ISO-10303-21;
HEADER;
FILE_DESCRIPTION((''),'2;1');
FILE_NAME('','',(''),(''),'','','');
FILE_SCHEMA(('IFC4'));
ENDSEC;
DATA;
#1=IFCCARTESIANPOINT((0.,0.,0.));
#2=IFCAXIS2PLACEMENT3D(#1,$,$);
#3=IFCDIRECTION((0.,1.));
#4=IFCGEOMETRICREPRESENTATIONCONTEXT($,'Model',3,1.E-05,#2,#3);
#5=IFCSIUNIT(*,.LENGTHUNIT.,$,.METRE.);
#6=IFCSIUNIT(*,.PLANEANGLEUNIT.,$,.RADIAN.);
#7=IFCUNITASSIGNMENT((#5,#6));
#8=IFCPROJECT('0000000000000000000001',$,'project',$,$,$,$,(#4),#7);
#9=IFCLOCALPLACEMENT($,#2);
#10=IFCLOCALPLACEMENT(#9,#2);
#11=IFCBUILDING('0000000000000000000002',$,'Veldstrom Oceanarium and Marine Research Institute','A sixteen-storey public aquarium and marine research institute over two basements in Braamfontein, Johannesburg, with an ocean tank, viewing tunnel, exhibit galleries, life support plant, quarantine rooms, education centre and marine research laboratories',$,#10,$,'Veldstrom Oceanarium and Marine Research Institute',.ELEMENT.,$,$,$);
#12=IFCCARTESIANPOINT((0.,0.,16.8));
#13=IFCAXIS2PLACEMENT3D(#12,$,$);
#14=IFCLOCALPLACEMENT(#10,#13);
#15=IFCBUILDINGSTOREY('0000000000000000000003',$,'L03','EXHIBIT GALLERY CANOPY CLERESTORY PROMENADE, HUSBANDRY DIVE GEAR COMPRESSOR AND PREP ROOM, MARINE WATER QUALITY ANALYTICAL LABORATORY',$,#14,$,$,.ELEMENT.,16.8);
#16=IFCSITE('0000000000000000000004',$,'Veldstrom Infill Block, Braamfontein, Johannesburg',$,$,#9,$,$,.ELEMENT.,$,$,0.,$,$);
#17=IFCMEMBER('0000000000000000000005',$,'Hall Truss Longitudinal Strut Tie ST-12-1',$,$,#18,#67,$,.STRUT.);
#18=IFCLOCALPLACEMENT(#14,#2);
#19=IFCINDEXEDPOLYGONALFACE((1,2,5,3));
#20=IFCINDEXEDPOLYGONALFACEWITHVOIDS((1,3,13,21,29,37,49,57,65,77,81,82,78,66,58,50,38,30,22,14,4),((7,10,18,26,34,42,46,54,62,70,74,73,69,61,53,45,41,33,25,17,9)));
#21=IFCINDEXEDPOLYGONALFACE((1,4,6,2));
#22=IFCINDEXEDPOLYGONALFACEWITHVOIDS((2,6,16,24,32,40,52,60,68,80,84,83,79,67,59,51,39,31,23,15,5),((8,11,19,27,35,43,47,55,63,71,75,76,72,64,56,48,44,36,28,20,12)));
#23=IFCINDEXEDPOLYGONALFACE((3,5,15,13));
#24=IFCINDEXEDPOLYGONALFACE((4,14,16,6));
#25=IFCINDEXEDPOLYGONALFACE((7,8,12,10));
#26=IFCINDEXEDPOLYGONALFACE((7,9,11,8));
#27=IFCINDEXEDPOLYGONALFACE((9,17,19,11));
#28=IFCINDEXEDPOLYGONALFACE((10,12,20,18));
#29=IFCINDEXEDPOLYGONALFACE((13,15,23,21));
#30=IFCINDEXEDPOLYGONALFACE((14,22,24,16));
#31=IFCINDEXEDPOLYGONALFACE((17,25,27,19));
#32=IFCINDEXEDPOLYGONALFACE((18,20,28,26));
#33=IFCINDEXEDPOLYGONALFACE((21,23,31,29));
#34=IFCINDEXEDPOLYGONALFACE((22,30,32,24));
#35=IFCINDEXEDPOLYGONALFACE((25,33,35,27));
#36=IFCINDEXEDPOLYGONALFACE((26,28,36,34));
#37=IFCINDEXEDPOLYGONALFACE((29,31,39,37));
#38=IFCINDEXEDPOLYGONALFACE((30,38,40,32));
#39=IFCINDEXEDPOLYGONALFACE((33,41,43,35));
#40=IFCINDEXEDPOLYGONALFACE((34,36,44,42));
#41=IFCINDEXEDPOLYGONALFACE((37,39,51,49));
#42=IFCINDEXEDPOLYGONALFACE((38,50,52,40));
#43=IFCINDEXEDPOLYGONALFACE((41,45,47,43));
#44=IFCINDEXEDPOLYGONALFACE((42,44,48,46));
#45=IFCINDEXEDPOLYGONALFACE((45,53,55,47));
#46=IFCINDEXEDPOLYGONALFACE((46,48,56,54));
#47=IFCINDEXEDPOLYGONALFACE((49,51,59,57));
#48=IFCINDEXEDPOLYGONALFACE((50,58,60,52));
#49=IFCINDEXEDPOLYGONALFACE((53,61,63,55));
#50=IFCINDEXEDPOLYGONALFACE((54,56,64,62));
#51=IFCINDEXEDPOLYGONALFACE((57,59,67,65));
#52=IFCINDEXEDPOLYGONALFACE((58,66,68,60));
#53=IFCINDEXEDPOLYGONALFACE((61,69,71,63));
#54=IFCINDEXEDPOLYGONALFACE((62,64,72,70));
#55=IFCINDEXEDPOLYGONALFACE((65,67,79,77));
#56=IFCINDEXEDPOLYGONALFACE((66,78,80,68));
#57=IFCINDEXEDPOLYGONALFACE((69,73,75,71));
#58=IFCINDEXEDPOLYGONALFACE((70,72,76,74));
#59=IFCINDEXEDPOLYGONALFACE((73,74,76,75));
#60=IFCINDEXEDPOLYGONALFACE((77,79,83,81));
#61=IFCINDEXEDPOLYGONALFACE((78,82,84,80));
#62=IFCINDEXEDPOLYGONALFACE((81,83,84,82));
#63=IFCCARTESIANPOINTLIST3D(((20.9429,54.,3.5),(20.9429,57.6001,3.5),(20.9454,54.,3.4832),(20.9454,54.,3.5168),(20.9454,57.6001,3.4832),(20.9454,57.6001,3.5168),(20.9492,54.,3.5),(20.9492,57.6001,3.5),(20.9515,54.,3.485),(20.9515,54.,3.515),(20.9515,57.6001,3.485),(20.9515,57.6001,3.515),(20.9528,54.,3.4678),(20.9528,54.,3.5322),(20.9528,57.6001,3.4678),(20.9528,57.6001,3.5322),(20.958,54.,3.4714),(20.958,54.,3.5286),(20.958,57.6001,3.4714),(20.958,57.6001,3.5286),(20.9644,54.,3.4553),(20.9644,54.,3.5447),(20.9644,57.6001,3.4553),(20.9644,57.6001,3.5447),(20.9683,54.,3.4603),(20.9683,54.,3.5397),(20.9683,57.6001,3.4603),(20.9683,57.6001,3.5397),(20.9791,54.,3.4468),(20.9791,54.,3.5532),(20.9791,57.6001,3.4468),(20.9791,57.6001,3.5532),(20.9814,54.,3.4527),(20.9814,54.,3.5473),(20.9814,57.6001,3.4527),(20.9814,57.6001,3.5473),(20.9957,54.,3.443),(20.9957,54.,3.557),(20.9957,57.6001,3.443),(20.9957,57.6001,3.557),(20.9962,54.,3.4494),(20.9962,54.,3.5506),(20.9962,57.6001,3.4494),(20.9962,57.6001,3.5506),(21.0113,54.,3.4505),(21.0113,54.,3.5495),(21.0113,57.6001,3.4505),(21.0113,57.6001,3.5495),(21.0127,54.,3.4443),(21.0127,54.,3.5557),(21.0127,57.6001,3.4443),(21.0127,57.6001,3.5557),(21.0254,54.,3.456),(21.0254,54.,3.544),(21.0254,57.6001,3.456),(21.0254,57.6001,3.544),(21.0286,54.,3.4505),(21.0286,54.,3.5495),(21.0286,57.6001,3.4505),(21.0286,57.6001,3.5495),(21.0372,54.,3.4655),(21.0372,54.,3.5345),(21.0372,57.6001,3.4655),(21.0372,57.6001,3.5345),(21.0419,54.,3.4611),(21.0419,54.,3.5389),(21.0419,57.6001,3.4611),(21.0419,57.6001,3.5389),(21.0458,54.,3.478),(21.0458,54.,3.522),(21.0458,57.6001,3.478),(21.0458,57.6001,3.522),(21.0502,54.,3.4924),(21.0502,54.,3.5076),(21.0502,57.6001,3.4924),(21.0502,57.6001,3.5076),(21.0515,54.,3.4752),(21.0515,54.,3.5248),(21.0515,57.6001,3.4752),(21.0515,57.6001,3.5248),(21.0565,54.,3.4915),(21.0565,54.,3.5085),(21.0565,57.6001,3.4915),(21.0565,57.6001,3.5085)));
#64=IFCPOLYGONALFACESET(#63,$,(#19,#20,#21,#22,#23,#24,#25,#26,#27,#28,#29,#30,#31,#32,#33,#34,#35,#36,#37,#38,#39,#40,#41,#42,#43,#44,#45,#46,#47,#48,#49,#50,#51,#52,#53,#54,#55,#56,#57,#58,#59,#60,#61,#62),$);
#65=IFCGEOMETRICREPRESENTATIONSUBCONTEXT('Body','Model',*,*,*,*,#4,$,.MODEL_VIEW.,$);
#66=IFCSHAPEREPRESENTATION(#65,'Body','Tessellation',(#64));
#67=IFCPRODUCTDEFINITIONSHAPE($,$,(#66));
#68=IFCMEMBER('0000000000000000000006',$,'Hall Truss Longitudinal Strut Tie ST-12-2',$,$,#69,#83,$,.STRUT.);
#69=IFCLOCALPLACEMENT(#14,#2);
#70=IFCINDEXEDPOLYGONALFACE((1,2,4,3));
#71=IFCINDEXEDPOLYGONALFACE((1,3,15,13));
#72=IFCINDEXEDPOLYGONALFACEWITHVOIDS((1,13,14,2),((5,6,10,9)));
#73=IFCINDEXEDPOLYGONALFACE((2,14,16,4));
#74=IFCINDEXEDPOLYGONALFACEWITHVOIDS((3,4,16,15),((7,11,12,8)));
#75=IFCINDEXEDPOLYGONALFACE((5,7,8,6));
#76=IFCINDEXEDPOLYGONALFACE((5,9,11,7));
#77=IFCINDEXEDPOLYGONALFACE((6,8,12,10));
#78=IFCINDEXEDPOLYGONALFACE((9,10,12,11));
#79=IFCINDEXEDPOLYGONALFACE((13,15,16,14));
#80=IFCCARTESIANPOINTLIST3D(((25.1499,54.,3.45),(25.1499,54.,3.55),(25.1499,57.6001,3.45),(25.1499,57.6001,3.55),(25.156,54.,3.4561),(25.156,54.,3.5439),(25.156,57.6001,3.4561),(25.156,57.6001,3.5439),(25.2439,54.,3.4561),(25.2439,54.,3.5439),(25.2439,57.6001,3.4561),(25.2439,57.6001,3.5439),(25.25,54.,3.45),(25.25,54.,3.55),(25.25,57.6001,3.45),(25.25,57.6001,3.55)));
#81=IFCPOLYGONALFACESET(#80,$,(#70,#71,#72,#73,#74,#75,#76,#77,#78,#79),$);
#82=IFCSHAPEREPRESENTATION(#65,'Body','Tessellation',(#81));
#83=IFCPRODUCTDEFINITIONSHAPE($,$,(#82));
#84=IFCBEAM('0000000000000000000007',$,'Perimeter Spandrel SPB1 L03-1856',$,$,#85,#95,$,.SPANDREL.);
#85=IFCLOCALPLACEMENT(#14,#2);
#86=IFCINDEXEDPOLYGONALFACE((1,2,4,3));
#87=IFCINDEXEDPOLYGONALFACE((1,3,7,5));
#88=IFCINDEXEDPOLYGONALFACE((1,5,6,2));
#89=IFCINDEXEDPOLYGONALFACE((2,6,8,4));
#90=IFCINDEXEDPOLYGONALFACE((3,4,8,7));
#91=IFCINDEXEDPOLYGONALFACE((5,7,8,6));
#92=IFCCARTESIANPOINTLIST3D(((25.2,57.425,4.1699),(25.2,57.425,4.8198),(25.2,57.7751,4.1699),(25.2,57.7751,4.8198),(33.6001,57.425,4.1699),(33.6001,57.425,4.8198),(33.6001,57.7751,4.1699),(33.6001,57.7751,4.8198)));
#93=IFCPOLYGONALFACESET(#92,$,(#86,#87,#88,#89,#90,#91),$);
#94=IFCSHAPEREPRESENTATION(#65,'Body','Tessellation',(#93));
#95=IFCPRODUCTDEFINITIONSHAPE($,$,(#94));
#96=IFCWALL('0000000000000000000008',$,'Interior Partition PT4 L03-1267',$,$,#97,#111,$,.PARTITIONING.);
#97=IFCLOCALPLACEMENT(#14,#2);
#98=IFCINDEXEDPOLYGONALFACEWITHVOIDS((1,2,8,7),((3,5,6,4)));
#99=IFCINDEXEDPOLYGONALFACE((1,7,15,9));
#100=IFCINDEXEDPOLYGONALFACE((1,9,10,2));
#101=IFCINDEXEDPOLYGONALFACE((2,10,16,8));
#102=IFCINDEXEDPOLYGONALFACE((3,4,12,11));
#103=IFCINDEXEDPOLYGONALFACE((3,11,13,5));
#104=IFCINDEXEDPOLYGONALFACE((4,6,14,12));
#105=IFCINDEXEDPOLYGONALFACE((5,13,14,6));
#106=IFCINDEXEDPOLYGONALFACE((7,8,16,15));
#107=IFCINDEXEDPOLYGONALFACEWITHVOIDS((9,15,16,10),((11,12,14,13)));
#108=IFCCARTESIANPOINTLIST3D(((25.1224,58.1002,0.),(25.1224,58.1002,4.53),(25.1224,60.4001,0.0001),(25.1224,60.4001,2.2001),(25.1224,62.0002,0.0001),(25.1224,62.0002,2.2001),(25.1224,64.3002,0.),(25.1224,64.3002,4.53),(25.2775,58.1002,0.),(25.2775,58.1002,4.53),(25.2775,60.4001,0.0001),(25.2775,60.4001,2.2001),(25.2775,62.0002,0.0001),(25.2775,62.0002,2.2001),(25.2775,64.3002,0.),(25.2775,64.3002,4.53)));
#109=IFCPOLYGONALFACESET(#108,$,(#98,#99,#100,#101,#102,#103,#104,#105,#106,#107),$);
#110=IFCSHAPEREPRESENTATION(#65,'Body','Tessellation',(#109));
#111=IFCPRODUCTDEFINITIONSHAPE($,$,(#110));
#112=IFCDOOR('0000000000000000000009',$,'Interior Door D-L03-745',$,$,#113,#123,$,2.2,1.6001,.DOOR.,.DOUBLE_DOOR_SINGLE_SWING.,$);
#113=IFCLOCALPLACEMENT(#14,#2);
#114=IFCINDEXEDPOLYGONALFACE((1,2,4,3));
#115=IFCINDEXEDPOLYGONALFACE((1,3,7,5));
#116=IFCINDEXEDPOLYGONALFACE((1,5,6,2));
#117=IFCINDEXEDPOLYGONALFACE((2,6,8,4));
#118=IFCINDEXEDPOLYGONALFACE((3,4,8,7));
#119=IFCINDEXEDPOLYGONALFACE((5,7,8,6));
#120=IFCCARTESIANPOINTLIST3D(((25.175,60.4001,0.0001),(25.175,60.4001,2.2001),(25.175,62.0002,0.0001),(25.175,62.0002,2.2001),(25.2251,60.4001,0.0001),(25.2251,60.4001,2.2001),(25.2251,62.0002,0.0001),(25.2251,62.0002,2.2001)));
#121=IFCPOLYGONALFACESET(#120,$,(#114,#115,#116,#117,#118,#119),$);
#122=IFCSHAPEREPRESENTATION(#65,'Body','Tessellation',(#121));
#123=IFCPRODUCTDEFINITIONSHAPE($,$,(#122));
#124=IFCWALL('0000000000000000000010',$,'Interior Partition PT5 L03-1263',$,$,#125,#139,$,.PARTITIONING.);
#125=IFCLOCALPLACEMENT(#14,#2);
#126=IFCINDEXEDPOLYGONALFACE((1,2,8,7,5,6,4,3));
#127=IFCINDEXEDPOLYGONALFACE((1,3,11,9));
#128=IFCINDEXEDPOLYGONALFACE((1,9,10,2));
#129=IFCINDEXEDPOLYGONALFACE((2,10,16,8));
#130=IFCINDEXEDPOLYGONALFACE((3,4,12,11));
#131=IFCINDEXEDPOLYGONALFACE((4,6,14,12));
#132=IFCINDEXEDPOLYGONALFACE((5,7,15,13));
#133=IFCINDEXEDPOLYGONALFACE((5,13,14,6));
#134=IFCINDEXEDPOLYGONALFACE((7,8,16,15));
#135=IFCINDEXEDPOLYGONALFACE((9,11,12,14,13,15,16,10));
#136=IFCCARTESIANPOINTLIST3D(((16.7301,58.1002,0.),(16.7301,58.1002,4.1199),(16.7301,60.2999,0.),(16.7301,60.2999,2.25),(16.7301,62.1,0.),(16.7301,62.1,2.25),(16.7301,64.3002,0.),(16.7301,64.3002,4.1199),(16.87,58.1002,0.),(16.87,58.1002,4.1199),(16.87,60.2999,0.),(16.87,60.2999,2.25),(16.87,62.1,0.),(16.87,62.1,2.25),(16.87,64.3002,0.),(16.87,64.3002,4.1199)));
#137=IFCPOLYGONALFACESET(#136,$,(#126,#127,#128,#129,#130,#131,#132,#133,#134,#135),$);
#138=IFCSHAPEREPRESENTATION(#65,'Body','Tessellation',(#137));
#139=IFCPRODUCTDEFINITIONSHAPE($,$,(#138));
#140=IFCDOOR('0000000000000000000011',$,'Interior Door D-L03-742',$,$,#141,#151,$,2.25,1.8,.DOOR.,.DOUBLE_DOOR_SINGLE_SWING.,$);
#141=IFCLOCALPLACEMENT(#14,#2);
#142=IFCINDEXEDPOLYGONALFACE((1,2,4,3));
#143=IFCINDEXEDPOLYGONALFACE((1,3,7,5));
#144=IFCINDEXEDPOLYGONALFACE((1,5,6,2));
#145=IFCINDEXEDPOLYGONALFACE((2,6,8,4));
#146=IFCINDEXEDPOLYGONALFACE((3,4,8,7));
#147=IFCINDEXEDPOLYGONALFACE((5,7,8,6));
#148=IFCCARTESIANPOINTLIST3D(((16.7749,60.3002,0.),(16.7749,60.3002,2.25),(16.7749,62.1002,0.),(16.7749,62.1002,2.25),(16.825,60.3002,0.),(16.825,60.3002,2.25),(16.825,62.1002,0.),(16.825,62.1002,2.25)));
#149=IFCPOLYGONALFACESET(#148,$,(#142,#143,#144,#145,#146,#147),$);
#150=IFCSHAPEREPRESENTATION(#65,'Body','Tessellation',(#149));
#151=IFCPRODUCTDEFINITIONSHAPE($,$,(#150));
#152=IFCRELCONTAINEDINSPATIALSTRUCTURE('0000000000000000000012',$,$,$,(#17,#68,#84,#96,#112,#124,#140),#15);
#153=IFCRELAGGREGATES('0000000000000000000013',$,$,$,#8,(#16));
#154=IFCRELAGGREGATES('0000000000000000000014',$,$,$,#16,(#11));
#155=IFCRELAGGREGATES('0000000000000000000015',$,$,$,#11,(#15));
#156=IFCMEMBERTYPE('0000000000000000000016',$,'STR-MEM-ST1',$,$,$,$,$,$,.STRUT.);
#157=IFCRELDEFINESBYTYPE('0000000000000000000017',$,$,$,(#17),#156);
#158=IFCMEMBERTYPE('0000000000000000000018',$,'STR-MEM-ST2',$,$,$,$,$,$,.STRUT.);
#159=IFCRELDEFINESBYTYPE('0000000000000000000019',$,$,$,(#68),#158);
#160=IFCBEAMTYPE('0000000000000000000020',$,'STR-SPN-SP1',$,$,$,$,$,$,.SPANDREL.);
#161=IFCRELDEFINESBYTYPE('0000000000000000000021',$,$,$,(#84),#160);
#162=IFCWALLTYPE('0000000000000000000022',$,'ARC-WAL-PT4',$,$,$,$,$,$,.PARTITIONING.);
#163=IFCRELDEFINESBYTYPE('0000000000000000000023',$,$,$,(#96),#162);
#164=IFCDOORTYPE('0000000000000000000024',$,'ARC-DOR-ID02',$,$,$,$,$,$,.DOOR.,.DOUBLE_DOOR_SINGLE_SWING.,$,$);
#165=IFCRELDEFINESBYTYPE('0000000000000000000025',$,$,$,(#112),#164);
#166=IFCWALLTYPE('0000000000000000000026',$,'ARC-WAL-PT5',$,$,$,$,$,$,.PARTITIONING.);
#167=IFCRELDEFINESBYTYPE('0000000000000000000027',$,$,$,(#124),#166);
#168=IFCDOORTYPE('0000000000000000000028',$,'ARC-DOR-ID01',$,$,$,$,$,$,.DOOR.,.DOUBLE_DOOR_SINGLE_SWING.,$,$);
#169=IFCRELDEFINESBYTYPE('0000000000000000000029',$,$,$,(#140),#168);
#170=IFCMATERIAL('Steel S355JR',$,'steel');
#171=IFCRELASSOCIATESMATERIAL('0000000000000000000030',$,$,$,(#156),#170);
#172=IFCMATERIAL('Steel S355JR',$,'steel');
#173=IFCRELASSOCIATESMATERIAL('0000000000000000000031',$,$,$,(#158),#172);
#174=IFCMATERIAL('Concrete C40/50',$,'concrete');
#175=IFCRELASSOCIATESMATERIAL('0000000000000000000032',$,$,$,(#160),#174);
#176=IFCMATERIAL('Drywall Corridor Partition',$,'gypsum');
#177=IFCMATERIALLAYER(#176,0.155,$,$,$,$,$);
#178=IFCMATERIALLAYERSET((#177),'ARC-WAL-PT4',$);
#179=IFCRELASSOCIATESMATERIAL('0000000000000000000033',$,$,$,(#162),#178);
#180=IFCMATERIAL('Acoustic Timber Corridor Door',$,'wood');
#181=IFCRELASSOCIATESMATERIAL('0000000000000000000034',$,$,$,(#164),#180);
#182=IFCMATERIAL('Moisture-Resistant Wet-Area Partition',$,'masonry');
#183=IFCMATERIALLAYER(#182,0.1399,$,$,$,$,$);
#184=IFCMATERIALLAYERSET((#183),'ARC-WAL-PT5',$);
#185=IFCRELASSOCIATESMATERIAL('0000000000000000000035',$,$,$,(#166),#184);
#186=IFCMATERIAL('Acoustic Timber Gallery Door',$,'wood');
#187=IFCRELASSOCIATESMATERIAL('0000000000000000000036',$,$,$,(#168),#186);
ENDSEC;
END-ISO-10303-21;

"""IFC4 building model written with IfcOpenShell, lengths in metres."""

from ifc_helpers import new_model, si_unit, direction, frame, frame_2d, origin, origin_2d, place, context, subcontext, project, spatial, rectangle, hollow_rectangle, hollow_circle, extrude, material, layer, layer_set, material_profile, profile_set, type_object, element, fill, save


model = new_model("IFC4")

# Units and contexts
model_context = context("Model", 3, precision=1e-05, world=origin(), true_north=direction((0.0, 1.0)))
body_context = subcontext(model_context, "Body", "Model", "MODEL_VIEW")
ifc_project = project(units=[si_unit("LENGTHUNIT", "METRE"), si_unit("PLANEANGLEUNIT", "RADIAN")], contexts=[model_context])

# Site, building, storey
site_placement = place(None, origin())
site = spatial("IfcSite", under=ifc_project, at=site_placement, Name="Veldstrom Infill Block, Braamfontein, Johannesburg", CompositionType="ELEMENT", RefElevation=0.0)
building_placement = place(site_placement, origin())
building = spatial("IfcBuilding", under=site, at=building_placement, Name="Veldstrom Oceanarium and Marine Research Institute", Description="A sixteen-storey public aquarium and marine research institute over two basements in Braamfontein, Johannesburg, with an ocean tank, viewing tunnel, exhibit galleries, life support plant, quarantine rooms, education centre and marine research laboratories", LongName="Veldstrom Oceanarium and Marine Research Institute", CompositionType="ELEMENT")
storey_placement = place(building_placement, frame((0.0, 0.0, 16.8)))
storey = spatial("IfcBuildingStorey", under=building, at=storey_placement, Name="L03", Description="EXHIBIT GALLERY CANOPY CLERESTORY PROMENADE, HUSBANDRY DIVE GEAR COMPRESSOR AND PREP ROOM, MARINE WATER QUALITY ANALYTICAL LABORATORY", CompositionType="ELEMENT", Elevation=16.8)

# Members
ifc_material_1 = material(Name="Steel S355JR", Category="steel")
ifc_material_profile_1 = material_profile(ifc_material_1, hollow_circle(Radius=0.0571, WallThickness=0.0063, at=origin_2d()), Name="CHS 114.3x6.3")
ifc_profile_set_1 = profile_set([ifc_material_profile_1], Name="Steel S355JR")
member_type_1 = type_object("IfcMemberType", Name="STR-MEM-ST1", PredefinedType="STRUT", material=ifc_profile_set_1)
member_1_placement = place(storey_placement, frame((21.0, 54.0, 3.5), z_axis=(0.0, 1.0, 0.0), x_axis=(-1.0, 0.0, 0.0)))
element("IfcMember", 1, at=member_1_placement, inside=storey, type_object=member_type_1, Name="Hall Truss Longitudinal Strut Tie ST-12-1", PredefinedType="STRUT", context=body_context, shape_type="SweptSolid", body=[
    extrude(hollow_circle(Radius=0.0571, WallThickness=0.0063, at=origin_2d()), origin(), (0.0, 0.0, 1.0), 3.6001),
])
ifc_material_2 = material(Name="Steel S355JR", Category="steel")
ifc_material_profile_2 = material_profile(ifc_material_2, hollow_rectangle(XDim=0.1001, YDim=0.1001, WallThickness=0.0061, at=origin_2d()), Name="SHS 100x100x6")
ifc_profile_set_2 = profile_set([ifc_material_profile_2], Name="Steel S355JR")
member_type_2 = type_object("IfcMemberType", Name="STR-MEM-ST2", PredefinedType="STRUT", material=ifc_profile_set_2)
member_2_placement = place(storey_placement, frame((25.2, 54.0, 3.5), z_axis=(0.0, 1.0, 0.0), x_axis=(-1.0, 0.0, 0.0)))
element("IfcMember", 2, at=member_2_placement, inside=storey, type_object=member_type_2, Name="Hall Truss Longitudinal Strut Tie ST-12-2", PredefinedType="STRUT", context=body_context, shape_type="SweptSolid", body=[
    extrude(hollow_rectangle(XDim=0.1001, YDim=0.1001, WallThickness=0.0061, at=origin_2d()), origin(), (0.0, 0.0, 1.0), 3.6001),
])

# Beam
ifc_material_3 = material(Name="Concrete C40/50", Category="concrete")
ifc_material_profile_3 = material_profile(ifc_material_3, rectangle(XDim=0.3501, YDim=0.6499, at=origin_2d()), Name="RC-SPN-350x650")
ifc_profile_set_3 = profile_set([ifc_material_profile_3], Name="Concrete C40/50")
beam_type_1 = type_object("IfcBeamType", Name="STR-SPN-SP1", PredefinedType="SPANDREL", material=ifc_profile_set_3)
beam_1_placement = place(storey_placement, frame((25.2, 57.6001, 4.4949), z_axis=(1.0, 0.0, 0.0), x_axis=(0.0, 1.0, 0.0)))
element("IfcBeam", 3, at=beam_1_placement, inside=storey, type_object=beam_type_1, Name="Perimeter Spandrel SPB1 L03-1856", PredefinedType="SPANDREL", context=body_context, shape_type="SweptSolid", body=[
    extrude(rectangle(XDim=0.3501, YDim=0.6499, at=origin_2d()), origin(), (0.0, 0.0, 1.0), 8.4001),
])

# Walls, openings, doors
ifc_material_4 = material(Name="Drywall Corridor Partition", Category="gypsum")
ifc_layer_1 = layer(ifc_material_4, 0.155)
ifc_layer_set_1 = layer_set([ifc_layer_1], Name="ARC-WAL-PT4")
wall_type_1 = type_object("IfcWallType", Name="ARC-WAL-PT4", PredefinedType="PARTITIONING", material=ifc_layer_set_1)
wall_1_placement = place(storey_placement, frame((25.2, 58.1001, 0.0), z_axis=(0.0, 0.0, 1.0), x_axis=(0.0, 1.0, 0.0)))
wall_1 = element("IfcWall", 4, at=wall_1_placement, inside=storey, type_object=wall_type_1, Name="Interior Partition PT4 L03-1267", PredefinedType="PARTITIONING", context=body_context, shape_type="SweptSolid", body=[
    extrude(rectangle(XDim=6.2, YDim=0.155, at=frame_2d((3.1001, 0.0))), origin(), (0.0, 0.0, 1.0), 4.53),
])
opening_1_placement = place(wall_1_placement, frame((2.3, 0.0, 0.0)))
opening_1 = element("IfcOpeningElement", 5, at=opening_1_placement, cuts=wall_1, PredefinedType="OPENING", context=body_context, shape_type="SweptSolid", body=[
    extrude(rectangle(XDim=1.6001, YDim=2.2, at=frame_2d((0.8, 1.1001))), frame((0.0, 0.0874, 0.0), z_axis=(0.0, -1.0, 0.0), x_axis=(1.0, 0.0, 0.0)), (0.0, 0.0, 1.0), 0.175),
])
ifc_material_5 = material(Name="Acoustic Timber Corridor Door", Category="wood")
door_type_1 = type_object("IfcDoorType", Name="ARC-DOR-ID02", OperationType="DOUBLE_DOOR_SINGLE_SWING", PredefinedType="DOOR", material=ifc_material_5)
door_1_placement = place(opening_1_placement, origin())
door_1 = element("IfcDoor", 6, at=door_1_placement, inside=storey, type_object=door_type_1, Name="Interior Door D-L03-745", OperationType="DOUBLE_DOOR_SINGLE_SWING", OverallHeight=2.2, OverallWidth=1.6001, PredefinedType="DOOR", context=body_context, shape_type="SweptSolid", body=[
    extrude(rectangle(XDim=1.6001, YDim=2.2, at=frame_2d((0.8, 1.1001))), frame((0.0, 0.0249, 0.0), z_axis=(0.0, -1.0, 0.0), x_axis=(1.0, 0.0, 0.0)), (0.0, 0.0, 1.0), 0.05),
])
fill(opening_1, door_1)
ifc_material_6 = material(Name="Moisture-Resistant Wet-Area Partition", Category="masonry")
ifc_layer_2 = layer(ifc_material_6, 0.1399)
ifc_layer_set_2 = layer_set([ifc_layer_2], Name="ARC-WAL-PT5")
wall_type_2 = type_object("IfcWallType", Name="ARC-WAL-PT5", PredefinedType="PARTITIONING", material=ifc_layer_set_2)
wall_2_placement = place(storey_placement, frame((16.8, 58.1001, 0.0), z_axis=(0.0, 0.0, 1.0), x_axis=(0.0, 1.0, 0.0)))
wall_2 = element("IfcWall", 7, at=wall_2_placement, inside=storey, type_object=wall_type_2, Name="Interior Partition PT5 L03-1263", PredefinedType="PARTITIONING", context=body_context, shape_type="SweptSolid", body=[
    extrude(rectangle(XDim=6.2, YDim=0.1399, at=frame_2d((3.1001, 0.0))), origin(), (0.0, 0.0, 1.0), 4.1199),
])
opening_2_placement = place(wall_2_placement, frame((2.2, 0.0, 0.0)))
opening_2 = element("IfcOpeningElement", 8, at=opening_2_placement, cuts=wall_2, PredefinedType="OPENING", context=body_context, shape_type="SweptSolid", body=[
    extrude(rectangle(XDim=1.8, YDim=2.25, at=frame_2d((0.8999, 1.125))), frame((0.0, 0.0798, 0.0), z_axis=(0.0, -1.0, 0.0), x_axis=(1.0, 0.0, 0.0)), (0.0, 0.0, 1.0), 0.1599),
])
ifc_material_7 = material(Name="Acoustic Timber Gallery Door", Category="wood")
door_type_2 = type_object("IfcDoorType", Name="ARC-DOR-ID01", OperationType="DOUBLE_DOOR_SINGLE_SWING", PredefinedType="DOOR", material=ifc_material_7)
door_2_placement = place(opening_2_placement, frame((1.8, 0.0, 0.0), z_axis=(0.0, 0.0, 1.0), x_axis=(-1.0, 0.0, 0.0)))
door_2 = element("IfcDoor", 9, at=door_2_placement, inside=storey, type_object=door_type_2, Name="Interior Door D-L03-742", OperationType="DOUBLE_DOOR_SINGLE_SWING", OverallHeight=2.25, OverallWidth=1.8, PredefinedType="DOOR", context=body_context, shape_type="SweptSolid", body=[
    extrude(rectangle(XDim=1.8, YDim=2.25, at=frame_2d((0.8999, 1.125))), frame((0.0, 0.0249, 0.0), z_axis=(0.0, -1.0, 0.0), x_axis=(1.0, 0.0, 0.0)), (0.0, 0.0, 1.0), 0.05),
])
fill(opening_2, door_2)

save(model, "model.ifc")
